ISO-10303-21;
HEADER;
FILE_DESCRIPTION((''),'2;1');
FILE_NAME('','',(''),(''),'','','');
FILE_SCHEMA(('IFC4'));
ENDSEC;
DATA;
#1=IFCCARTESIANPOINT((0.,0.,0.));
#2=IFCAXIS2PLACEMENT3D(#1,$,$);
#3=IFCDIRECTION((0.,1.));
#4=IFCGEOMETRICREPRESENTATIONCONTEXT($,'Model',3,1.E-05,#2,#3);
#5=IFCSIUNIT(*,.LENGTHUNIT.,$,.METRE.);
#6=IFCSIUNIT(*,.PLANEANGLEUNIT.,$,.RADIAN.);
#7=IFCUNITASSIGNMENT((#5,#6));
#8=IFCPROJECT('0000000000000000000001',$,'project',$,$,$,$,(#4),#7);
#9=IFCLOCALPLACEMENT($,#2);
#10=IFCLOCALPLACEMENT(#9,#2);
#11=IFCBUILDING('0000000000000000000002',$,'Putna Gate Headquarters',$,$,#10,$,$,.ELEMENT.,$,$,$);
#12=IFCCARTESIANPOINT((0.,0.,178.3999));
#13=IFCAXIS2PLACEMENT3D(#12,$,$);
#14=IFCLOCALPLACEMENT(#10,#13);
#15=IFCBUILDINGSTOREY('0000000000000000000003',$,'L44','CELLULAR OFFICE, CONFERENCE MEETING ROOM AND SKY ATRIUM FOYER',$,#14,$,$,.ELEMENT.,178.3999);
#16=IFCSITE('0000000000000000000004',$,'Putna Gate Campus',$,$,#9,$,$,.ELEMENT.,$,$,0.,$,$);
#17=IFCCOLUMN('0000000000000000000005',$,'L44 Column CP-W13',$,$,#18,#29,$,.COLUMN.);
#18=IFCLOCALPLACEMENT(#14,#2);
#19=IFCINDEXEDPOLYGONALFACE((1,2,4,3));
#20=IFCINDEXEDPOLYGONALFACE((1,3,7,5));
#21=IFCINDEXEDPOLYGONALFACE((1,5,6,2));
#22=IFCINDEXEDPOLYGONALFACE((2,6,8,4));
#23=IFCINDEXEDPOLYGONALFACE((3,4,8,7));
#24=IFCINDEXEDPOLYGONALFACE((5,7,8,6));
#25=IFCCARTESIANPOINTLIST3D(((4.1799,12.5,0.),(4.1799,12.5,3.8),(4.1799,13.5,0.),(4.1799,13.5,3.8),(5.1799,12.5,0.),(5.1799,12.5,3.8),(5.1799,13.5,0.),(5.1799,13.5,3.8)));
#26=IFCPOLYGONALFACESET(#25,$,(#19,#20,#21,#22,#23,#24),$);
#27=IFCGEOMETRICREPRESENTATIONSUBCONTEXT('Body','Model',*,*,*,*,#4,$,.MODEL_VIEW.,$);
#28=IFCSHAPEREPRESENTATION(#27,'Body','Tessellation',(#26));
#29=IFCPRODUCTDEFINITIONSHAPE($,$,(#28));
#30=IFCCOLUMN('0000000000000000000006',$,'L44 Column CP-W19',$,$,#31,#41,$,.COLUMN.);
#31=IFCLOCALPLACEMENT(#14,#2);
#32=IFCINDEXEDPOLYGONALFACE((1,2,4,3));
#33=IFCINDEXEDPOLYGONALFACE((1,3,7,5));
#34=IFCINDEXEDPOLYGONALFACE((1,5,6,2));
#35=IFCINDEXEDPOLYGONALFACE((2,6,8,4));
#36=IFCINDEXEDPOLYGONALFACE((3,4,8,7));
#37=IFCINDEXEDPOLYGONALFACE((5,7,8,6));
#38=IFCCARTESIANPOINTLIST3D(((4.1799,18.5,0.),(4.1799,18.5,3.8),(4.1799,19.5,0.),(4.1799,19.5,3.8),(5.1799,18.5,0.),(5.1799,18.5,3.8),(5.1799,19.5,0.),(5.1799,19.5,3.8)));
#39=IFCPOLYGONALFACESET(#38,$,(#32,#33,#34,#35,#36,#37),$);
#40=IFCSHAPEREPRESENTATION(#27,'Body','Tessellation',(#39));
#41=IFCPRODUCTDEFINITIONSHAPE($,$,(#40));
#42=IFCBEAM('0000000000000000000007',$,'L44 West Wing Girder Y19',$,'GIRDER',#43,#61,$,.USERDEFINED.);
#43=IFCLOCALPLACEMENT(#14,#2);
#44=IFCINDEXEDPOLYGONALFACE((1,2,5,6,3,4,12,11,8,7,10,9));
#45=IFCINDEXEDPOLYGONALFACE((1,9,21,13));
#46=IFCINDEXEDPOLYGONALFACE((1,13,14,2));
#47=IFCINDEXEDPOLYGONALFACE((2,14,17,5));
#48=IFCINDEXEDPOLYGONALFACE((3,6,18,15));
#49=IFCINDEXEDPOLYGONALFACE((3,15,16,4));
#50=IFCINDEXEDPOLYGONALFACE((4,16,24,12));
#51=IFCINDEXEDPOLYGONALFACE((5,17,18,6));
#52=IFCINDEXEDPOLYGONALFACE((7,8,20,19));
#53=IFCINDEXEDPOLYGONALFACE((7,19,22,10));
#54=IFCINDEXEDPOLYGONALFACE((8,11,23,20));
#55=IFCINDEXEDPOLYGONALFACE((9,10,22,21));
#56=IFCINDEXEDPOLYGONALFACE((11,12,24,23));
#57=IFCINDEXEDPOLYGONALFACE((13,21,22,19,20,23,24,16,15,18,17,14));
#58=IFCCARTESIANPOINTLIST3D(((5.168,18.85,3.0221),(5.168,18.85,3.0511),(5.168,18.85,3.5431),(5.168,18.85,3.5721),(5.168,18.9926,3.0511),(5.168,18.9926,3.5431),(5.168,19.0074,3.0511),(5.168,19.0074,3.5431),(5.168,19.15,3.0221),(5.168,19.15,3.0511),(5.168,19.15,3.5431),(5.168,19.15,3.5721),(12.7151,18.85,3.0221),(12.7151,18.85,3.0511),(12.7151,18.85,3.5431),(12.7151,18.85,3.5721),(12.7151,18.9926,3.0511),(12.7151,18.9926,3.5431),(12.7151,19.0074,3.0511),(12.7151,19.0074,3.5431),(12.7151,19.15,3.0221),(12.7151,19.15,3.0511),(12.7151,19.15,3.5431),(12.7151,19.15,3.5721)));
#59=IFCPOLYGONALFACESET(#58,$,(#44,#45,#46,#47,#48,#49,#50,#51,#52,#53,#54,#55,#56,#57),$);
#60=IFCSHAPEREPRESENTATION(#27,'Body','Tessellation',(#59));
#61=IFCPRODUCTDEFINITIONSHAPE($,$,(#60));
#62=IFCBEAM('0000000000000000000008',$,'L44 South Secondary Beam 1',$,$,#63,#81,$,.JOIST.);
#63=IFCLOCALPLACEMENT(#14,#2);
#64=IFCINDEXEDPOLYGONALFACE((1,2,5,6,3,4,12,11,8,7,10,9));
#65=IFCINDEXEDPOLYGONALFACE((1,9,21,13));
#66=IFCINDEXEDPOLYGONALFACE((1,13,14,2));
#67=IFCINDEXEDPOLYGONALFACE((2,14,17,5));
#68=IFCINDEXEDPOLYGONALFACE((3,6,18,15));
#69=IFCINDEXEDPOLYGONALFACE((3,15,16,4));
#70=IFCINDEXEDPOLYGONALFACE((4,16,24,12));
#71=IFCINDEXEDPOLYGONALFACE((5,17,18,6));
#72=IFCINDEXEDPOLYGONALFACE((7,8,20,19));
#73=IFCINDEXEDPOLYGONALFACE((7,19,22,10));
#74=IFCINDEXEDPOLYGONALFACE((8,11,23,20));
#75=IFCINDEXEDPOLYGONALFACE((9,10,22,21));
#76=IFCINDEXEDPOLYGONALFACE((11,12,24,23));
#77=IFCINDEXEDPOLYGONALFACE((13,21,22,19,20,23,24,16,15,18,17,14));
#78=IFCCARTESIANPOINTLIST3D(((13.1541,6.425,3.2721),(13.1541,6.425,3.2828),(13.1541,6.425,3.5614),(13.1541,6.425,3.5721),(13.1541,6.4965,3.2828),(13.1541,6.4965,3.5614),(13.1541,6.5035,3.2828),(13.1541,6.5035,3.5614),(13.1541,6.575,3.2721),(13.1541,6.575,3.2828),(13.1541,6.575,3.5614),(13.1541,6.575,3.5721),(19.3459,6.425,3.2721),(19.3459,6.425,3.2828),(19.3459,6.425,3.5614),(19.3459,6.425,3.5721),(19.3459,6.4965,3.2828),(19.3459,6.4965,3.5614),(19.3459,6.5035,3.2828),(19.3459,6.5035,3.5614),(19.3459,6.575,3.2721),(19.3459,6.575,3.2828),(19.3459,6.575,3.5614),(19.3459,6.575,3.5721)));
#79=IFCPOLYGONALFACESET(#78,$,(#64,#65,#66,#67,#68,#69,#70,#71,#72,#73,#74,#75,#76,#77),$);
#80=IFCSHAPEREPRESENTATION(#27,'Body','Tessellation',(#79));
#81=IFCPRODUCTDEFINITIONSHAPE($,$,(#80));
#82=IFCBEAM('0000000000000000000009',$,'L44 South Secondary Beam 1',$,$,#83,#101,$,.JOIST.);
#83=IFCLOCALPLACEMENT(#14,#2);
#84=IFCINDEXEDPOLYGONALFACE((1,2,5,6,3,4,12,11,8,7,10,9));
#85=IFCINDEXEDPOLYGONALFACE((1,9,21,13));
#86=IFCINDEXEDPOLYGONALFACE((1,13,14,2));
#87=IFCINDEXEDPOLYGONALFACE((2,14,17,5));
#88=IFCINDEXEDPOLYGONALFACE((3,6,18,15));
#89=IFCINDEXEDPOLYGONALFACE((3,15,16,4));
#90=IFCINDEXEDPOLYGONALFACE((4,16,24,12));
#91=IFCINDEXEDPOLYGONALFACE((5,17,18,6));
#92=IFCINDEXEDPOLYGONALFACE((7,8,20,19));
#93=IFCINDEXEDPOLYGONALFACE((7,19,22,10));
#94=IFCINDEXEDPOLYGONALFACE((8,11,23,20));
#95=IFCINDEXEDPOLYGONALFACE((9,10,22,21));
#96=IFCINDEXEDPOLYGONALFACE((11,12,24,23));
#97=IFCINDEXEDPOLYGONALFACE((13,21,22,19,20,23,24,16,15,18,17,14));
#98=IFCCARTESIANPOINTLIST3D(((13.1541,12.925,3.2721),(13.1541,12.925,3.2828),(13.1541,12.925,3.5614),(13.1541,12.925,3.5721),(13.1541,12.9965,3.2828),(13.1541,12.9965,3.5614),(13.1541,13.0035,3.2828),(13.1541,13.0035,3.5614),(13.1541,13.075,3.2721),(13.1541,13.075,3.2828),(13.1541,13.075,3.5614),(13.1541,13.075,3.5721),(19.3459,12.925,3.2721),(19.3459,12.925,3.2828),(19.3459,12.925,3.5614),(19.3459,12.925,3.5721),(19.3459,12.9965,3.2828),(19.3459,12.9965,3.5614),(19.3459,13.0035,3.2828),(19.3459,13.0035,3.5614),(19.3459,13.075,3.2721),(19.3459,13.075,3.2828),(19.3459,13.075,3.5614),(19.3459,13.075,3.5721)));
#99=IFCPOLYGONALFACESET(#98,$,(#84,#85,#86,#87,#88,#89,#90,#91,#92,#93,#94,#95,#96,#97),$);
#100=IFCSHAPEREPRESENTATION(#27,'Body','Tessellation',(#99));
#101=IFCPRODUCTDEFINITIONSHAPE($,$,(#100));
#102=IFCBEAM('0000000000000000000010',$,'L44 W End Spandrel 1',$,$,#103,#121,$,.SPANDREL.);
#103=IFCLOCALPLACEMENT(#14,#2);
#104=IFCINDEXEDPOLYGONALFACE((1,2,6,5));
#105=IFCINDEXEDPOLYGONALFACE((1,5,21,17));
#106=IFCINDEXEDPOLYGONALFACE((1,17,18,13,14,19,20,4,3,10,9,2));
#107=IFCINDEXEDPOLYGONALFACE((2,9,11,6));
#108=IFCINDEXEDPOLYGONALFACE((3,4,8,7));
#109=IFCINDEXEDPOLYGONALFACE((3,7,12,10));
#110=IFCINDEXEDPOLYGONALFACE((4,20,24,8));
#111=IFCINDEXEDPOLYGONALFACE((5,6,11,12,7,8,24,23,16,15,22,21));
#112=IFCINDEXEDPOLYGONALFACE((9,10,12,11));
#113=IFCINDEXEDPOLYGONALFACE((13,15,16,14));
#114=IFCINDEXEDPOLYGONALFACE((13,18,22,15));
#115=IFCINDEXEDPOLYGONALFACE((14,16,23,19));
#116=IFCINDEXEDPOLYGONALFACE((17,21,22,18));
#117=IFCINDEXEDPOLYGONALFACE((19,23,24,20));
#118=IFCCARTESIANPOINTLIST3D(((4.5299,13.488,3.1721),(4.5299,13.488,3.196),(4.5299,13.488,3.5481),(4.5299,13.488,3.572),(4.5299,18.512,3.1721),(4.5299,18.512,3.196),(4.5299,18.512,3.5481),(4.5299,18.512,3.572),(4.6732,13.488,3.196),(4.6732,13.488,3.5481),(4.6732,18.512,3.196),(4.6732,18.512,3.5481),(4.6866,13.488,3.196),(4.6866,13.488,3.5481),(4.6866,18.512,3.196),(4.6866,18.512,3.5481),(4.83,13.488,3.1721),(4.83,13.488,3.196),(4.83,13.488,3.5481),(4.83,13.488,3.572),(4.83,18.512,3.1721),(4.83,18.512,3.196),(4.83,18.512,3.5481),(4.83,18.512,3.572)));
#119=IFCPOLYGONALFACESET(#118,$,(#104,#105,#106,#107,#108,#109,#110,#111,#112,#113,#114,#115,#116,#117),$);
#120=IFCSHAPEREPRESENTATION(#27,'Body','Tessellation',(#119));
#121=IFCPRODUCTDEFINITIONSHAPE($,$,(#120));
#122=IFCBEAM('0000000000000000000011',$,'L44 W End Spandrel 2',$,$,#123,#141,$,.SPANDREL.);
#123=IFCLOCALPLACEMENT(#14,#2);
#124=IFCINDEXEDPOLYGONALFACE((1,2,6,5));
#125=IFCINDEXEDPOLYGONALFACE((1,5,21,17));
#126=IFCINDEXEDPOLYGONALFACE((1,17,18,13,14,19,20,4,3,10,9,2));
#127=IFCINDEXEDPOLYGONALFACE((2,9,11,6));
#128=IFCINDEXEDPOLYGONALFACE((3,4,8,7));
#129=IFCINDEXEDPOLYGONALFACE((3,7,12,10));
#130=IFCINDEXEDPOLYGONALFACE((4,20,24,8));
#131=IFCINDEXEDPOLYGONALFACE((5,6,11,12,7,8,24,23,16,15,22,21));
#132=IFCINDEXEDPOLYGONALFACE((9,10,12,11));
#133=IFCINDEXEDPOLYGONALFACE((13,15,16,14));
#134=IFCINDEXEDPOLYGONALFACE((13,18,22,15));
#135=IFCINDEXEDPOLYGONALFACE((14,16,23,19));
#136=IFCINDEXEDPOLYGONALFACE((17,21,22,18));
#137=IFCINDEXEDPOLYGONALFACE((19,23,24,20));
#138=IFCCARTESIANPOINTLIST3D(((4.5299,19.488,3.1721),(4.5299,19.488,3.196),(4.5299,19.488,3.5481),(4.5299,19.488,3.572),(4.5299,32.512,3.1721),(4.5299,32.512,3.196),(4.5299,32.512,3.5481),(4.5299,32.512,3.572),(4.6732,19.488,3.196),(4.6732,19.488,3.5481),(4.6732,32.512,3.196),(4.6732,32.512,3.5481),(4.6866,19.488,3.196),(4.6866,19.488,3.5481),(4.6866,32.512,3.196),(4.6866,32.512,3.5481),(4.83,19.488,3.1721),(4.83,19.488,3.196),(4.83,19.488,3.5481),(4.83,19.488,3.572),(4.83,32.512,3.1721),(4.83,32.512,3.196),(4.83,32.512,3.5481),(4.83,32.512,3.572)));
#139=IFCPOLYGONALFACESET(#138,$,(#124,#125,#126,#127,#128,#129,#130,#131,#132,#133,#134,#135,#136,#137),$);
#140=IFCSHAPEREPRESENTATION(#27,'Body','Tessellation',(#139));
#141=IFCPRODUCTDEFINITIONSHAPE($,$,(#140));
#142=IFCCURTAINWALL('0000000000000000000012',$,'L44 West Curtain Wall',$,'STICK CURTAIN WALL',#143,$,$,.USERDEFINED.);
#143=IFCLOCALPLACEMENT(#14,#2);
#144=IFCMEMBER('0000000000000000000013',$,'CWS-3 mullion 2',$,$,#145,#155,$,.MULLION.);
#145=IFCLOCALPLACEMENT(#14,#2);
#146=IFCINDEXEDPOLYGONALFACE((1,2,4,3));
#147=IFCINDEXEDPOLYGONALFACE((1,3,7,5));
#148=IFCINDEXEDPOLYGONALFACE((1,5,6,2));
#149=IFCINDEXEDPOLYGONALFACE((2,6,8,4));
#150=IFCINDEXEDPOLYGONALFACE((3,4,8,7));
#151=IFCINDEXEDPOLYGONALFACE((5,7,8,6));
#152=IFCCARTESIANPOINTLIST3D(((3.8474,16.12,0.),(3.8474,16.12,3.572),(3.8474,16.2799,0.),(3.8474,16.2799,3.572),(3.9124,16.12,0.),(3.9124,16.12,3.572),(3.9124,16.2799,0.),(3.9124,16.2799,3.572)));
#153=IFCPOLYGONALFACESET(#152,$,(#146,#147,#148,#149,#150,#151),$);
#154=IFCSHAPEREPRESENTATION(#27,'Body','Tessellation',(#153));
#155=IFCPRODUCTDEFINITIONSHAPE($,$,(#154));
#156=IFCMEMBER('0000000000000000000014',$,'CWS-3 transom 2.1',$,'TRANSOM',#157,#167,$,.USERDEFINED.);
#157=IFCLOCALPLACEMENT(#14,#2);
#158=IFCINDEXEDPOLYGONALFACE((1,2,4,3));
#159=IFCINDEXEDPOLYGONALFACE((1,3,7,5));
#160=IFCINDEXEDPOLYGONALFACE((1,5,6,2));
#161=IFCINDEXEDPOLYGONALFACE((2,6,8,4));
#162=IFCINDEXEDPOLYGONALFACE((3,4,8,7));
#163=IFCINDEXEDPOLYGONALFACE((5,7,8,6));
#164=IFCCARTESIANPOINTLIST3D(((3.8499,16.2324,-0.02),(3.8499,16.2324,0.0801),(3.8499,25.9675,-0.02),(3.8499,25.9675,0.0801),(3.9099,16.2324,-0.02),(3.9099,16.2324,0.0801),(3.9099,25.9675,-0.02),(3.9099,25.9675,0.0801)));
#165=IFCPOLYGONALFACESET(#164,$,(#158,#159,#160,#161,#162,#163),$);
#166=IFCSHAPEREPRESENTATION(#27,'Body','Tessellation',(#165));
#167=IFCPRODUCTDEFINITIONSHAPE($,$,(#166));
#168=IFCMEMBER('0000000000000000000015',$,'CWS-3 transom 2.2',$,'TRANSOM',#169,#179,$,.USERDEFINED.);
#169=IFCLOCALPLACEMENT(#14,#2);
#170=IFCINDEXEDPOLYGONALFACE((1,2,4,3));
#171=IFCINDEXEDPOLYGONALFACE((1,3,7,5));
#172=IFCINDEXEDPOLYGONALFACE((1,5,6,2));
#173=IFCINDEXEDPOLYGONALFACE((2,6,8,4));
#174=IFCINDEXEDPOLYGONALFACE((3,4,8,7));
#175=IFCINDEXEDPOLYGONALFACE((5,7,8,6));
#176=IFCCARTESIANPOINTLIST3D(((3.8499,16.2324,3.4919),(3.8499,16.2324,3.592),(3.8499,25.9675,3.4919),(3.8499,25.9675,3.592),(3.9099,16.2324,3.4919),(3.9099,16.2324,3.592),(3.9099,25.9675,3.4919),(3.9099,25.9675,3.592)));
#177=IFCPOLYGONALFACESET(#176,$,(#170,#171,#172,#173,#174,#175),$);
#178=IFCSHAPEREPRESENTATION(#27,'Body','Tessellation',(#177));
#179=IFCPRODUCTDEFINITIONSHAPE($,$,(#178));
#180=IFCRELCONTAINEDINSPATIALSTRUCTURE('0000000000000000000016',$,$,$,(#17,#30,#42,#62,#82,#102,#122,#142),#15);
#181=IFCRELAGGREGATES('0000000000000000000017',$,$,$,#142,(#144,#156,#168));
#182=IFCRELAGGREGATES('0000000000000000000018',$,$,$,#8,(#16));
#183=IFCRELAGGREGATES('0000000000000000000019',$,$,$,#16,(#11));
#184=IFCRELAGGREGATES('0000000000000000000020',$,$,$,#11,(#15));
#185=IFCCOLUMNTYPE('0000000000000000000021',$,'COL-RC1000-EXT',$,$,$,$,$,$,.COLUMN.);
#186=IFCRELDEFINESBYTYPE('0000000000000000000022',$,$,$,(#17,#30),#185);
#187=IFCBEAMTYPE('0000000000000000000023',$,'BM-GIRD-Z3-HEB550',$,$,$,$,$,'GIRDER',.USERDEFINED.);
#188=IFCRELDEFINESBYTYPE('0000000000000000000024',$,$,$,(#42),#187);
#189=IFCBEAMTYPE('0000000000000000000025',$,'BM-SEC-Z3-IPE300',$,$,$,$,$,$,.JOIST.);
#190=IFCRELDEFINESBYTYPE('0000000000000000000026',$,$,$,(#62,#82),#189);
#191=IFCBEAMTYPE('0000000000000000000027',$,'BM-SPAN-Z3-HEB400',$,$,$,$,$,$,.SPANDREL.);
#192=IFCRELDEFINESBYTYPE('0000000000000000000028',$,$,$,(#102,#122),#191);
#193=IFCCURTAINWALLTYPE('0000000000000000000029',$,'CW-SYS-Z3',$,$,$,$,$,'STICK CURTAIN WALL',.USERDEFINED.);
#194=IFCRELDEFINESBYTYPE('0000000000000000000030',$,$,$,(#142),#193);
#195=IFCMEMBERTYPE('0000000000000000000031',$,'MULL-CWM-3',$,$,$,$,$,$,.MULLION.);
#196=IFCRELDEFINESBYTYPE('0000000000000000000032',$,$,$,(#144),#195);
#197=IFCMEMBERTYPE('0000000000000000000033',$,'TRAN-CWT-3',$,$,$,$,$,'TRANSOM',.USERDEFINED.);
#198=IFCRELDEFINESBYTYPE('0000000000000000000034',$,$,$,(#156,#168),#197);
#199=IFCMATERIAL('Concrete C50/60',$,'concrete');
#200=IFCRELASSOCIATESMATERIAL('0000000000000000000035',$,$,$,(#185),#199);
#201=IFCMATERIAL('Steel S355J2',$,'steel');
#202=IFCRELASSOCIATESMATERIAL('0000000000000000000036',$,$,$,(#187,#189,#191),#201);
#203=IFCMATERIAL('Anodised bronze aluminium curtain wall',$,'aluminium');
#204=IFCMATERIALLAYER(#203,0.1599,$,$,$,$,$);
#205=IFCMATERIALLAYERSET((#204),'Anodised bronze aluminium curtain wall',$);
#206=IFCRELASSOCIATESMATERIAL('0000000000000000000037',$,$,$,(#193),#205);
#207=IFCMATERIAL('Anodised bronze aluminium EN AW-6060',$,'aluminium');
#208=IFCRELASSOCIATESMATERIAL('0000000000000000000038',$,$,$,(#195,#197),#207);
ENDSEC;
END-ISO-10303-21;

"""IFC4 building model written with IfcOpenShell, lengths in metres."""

from ifc_helpers import new_model, si_unit, direction, frame, origin, origin_2d, place, context, subcontext, project, spatial, rectangle, i_section, extrude, material, layer, layer_set, material_profile, profile_set, type_object, element, aggregate, save


model = new_model("IFC4")

# Units and contexts
model_context = context("Model", 3, precision=1e-05, world=origin(), true_north=direction((0.0, 1.0)))
body_context = subcontext(model_context, "Body", "Model", "MODEL_VIEW")
ifc_project = project(units=[si_unit("LENGTHUNIT", "METRE"), si_unit("PLANEANGLEUNIT", "RADIAN")], contexts=[model_context])

# Site, building, storey
site_placement = place(None, origin())
site = spatial("IfcSite", under=ifc_project, at=site_placement, Name="Putna Gate Campus", CompositionType="ELEMENT", RefElevation=0.0)
building_placement = place(site_placement, origin())
building = spatial("IfcBuilding", under=site, at=building_placement, Name="Putna Gate Headquarters", CompositionType="ELEMENT")
storey_placement = place(building_placement, frame((0.0, 0.0, 178.3999)))
storey = spatial("IfcBuildingStorey", under=building, at=storey_placement, Name="L44", Description="CELLULAR OFFICE, CONFERENCE MEETING ROOM AND SKY ATRIUM FOYER", CompositionType="ELEMENT", Elevation=178.3999)

# Columns
ifc_material_1 = material(Name="Concrete C50/60", Category="concrete")
ifc_material_profile_1 = material_profile(ifc_material_1, rectangle(XDim=1.0, YDim=1.0, at=origin_2d()), Name="Concrete C50/60")
ifc_profile_set_1 = profile_set([ifc_material_profile_1], Name="Concrete C50/60")
column_type = type_object("IfcColumnType", Name="COL-RC1000-EXT", PredefinedType="COLUMN", material=ifc_profile_set_1)
for number, where, z_axis, x_axis, name in (
    (1, (4.6799, 13.0, 0.0), (0.0, 0.0, 1.0), (1.0, 0.0, 0.0), "L44 Column CP-W13"),
    (2, (4.6799, 19.0, 0.0), (0.0, 0.0, 1.0), (1.0, 0.0, 0.0), "L44 Column CP-W19"),
):
    element("IfcColumn", number, at=place(storey_placement, frame(where, z_axis=z_axis, x_axis=x_axis)), inside=storey, type_object=column_type, Name=name, PredefinedType="COLUMN", context=body_context, shape_type="SweptSolid", body=[
        extrude(rectangle(XDim=1.0, YDim=1.0, at=origin_2d()), origin(), (0.0, 0.0, 1.0), 3.8),
    ])

# Beams
ifc_material_2 = material(Name="Steel S355J2", Category="steel")
ifc_material_profile_2 = material_profile(ifc_material_2, i_section(OverallWidth=0.3, OverallDepth=0.55, WebThickness=0.0149, FlangeThickness=0.0291, at=origin_2d()), Name="Steel S355J2")
ifc_profile_set_2 = profile_set([ifc_material_profile_2], Name="Steel S355J2")
beam_type_1 = type_object("IfcBeamType", Name="BM-GIRD-Z3-HEB550", ElementType="GIRDER", PredefinedType="USERDEFINED", material=ifc_profile_set_2)
beam_1_placement = place(storey_placement, frame((5.168, 19.0, 3.2971), z_axis=(1.0, 0.0, 0.0), x_axis=(0.0, 1.0, 0.0)))
element("IfcBeam", 3, at=beam_1_placement, inside=storey, type_object=beam_type_1, Name="L44 West Wing Girder Y19", ObjectType="GIRDER", PredefinedType="USERDEFINED", context=body_context, shape_type="SweptSolid", body=[
    extrude(i_section(OverallWidth=0.3, OverallDepth=0.55, WebThickness=0.0149, FlangeThickness=0.0291, at=origin_2d()), origin(), (0.0, 0.0, 1.0), 7.5471),
])
ifc_material_profile_3 = material_profile(ifc_material_2, i_section(OverallWidth=0.1499, OverallDepth=0.3, WebThickness=0.0071, FlangeThickness=0.0107, at=origin_2d()), Name="Steel S355J2")
ifc_profile_set_3 = profile_set([ifc_material_profile_3], Name="Steel S355J2")
beam_type_2 = type_object("IfcBeamType", Name="BM-SEC-Z3-IPE300", PredefinedType="JOIST", material=ifc_profile_set_3)
for number, where, z_axis, x_axis, name in (
    (4, (13.1541, 6.5, 3.4221), (1.0, 0.0, 0.0), (0.0, 1.0, 0.0), "L44 South Secondary Beam 1"),
    (5, (13.1541, 13.0, 3.4221), (1.0, 0.0, 0.0), (0.0, 1.0, 0.0), "L44 South Secondary Beam 1"),
):
    element("IfcBeam", number, at=place(storey_placement, frame(where, z_axis=z_axis, x_axis=x_axis)), inside=storey, type_object=beam_type_2, Name=name, PredefinedType="JOIST", context=body_context, shape_type="SweptSolid", body=[
        extrude(i_section(OverallWidth=0.1499, OverallDepth=0.3, WebThickness=0.0071, FlangeThickness=0.0107, at=origin_2d()), origin(), (0.0, 0.0, 1.0), 6.1919),
    ])
ifc_material_profile_4 = material_profile(ifc_material_2, i_section(OverallWidth=0.3, OverallDepth=0.3999, WebThickness=0.0134, FlangeThickness=0.0239, at=origin_2d()), Name="Steel S355J2")
ifc_profile_set_4 = profile_set([ifc_material_profile_4], Name="Steel S355J2")
beam_type_3 = type_object("IfcBeamType", Name="BM-SPAN-Z3-HEB400", PredefinedType="SPANDREL", material=ifc_profile_set_4)
beam_2_placement = place(storey_placement, frame((4.6799, 13.488, 3.3721), z_axis=(0.0, 1.0, 0.0), x_axis=(-1.0, 0.0, 0.0)))
element("IfcBeam", 6, at=beam_2_placement, inside=storey, type_object=beam_type_3, Name="L44 W End Spandrel 1", PredefinedType="SPANDREL", context=body_context, shape_type="SweptSolid", body=[
    extrude(i_section(OverallWidth=0.3, OverallDepth=0.3999, WebThickness=0.0134, FlangeThickness=0.0239, at=origin_2d()), origin(), (0.0, 0.0, 1.0), 5.0239),
])
beam_3_placement = place(storey_placement, frame((4.6799, 19.488, 3.3721), z_axis=(0.0, 1.0, 0.0), x_axis=(-1.0, 0.0, 0.0)))
element("IfcBeam", 7, at=beam_3_placement, inside=storey, type_object=beam_type_3, Name="L44 W End Spandrel 2", PredefinedType="SPANDREL", context=body_context, shape_type="SweptSolid", body=[
    extrude(i_section(OverallWidth=0.3, OverallDepth=0.3999, WebThickness=0.0134, FlangeThickness=0.0239, at=origin_2d()), origin(), (0.0, 0.0, 1.0), 13.0239),
])

# Curtain wall, members
ifc_material_3 = material(Name="Anodised bronze aluminium curtain wall", Category="aluminium")
ifc_layer_1 = layer(ifc_material_3, 0.1599)
ifc_layer_set_1 = layer_set([ifc_layer_1], Name="Anodised bronze aluminium curtain wall")
curtain_wall_type = type_object("IfcCurtainWallType", Name="CW-SYS-Z3", ElementType="STICK CURTAIN WALL", PredefinedType="USERDEFINED", material=ifc_layer_set_1)
curtain_wall_placement = place(storey_placement, origin())
curtain_wall = element("IfcCurtainWall", 8, at=curtain_wall_placement, inside=storey, type_object=curtain_wall_type, Name="L44 West Curtain Wall", ObjectType="STICK CURTAIN WALL", PredefinedType="USERDEFINED")
ifc_material_4 = material(Name="Anodised bronze aluminium EN AW-6060", Category="aluminium")
ifc_material_profile_5 = material_profile(ifc_material_4, rectangle(XDim=0.0649, YDim=0.1599, at=origin_2d()), Name="Anodised bronze aluminium EN AW-6060")
ifc_profile_set_5 = profile_set([ifc_material_profile_5], Name="Anodised bronze aluminium EN AW-6060")
member_type_1 = type_object("IfcMemberType", Name="MULL-CWM-3", PredefinedType="MULLION", material=ifc_profile_set_5)
member_1_placement = place(storey_placement, frame((3.8799, 16.2, 0.0), z_axis=(0.0, 0.0, 1.0), x_axis=(-1.0, 0.0, 0.0)))
member_1 = element("IfcMember", 9, at=member_1_placement, type_object=member_type_1, Name="CWS-3 mullion 2", PredefinedType="MULLION", context=body_context, shape_type="SweptSolid", body=[
    extrude(rectangle(XDim=0.0649, YDim=0.1599, at=origin_2d()), origin(), (0.0, 0.0, 1.0), 3.572),
])
ifc_material_profile_6 = material_profile(ifc_material_4, rectangle(XDim=0.0601, YDim=0.1001, at=origin_2d()), Name="Anodised bronze aluminium EN AW-6060")
ifc_profile_set_6 = profile_set([ifc_material_profile_6], Name="Anodised bronze aluminium EN AW-6060")
member_type_2 = type_object("IfcMemberType", Name="TRAN-CWT-3", ElementType="TRANSOM", PredefinedType="USERDEFINED", material=ifc_profile_set_6)
member_2_placement = place(storey_placement, frame((3.8799, 16.2324, 0.03), z_axis=(0.0, 1.0, 0.0), x_axis=(-1.0, 0.0, 0.0)))
member_2 = element("IfcMember", 10, at=member_2_placement, type_object=member_type_2, Name="CWS-3 transom 2.1", ObjectType="TRANSOM", PredefinedType="USERDEFINED", context=body_context, shape_type="SweptSolid", body=[
    extrude(rectangle(XDim=0.0601, YDim=0.1001, at=origin_2d()), origin(), (0.0, 0.0, 1.0), 9.7351),
])
member_3_placement = place(storey_placement, frame((3.8799, 16.2324, 3.542), z_axis=(0.0, 1.0, 0.0), x_axis=(-1.0, 0.0, 0.0)))
member_3 = element("IfcMember", 11, at=member_3_placement, type_object=member_type_2, Name="CWS-3 transom 2.2", ObjectType="TRANSOM", PredefinedType="USERDEFINED", context=body_context, shape_type="SweptSolid", body=[
    extrude(rectangle(XDim=0.0601, YDim=0.1001, at=origin_2d()), origin(), (0.0, 0.0, 1.0), 9.7351),
])
aggregate(curtain_wall, [member_1, member_2, member_3])

save(model, "model.ifc")
